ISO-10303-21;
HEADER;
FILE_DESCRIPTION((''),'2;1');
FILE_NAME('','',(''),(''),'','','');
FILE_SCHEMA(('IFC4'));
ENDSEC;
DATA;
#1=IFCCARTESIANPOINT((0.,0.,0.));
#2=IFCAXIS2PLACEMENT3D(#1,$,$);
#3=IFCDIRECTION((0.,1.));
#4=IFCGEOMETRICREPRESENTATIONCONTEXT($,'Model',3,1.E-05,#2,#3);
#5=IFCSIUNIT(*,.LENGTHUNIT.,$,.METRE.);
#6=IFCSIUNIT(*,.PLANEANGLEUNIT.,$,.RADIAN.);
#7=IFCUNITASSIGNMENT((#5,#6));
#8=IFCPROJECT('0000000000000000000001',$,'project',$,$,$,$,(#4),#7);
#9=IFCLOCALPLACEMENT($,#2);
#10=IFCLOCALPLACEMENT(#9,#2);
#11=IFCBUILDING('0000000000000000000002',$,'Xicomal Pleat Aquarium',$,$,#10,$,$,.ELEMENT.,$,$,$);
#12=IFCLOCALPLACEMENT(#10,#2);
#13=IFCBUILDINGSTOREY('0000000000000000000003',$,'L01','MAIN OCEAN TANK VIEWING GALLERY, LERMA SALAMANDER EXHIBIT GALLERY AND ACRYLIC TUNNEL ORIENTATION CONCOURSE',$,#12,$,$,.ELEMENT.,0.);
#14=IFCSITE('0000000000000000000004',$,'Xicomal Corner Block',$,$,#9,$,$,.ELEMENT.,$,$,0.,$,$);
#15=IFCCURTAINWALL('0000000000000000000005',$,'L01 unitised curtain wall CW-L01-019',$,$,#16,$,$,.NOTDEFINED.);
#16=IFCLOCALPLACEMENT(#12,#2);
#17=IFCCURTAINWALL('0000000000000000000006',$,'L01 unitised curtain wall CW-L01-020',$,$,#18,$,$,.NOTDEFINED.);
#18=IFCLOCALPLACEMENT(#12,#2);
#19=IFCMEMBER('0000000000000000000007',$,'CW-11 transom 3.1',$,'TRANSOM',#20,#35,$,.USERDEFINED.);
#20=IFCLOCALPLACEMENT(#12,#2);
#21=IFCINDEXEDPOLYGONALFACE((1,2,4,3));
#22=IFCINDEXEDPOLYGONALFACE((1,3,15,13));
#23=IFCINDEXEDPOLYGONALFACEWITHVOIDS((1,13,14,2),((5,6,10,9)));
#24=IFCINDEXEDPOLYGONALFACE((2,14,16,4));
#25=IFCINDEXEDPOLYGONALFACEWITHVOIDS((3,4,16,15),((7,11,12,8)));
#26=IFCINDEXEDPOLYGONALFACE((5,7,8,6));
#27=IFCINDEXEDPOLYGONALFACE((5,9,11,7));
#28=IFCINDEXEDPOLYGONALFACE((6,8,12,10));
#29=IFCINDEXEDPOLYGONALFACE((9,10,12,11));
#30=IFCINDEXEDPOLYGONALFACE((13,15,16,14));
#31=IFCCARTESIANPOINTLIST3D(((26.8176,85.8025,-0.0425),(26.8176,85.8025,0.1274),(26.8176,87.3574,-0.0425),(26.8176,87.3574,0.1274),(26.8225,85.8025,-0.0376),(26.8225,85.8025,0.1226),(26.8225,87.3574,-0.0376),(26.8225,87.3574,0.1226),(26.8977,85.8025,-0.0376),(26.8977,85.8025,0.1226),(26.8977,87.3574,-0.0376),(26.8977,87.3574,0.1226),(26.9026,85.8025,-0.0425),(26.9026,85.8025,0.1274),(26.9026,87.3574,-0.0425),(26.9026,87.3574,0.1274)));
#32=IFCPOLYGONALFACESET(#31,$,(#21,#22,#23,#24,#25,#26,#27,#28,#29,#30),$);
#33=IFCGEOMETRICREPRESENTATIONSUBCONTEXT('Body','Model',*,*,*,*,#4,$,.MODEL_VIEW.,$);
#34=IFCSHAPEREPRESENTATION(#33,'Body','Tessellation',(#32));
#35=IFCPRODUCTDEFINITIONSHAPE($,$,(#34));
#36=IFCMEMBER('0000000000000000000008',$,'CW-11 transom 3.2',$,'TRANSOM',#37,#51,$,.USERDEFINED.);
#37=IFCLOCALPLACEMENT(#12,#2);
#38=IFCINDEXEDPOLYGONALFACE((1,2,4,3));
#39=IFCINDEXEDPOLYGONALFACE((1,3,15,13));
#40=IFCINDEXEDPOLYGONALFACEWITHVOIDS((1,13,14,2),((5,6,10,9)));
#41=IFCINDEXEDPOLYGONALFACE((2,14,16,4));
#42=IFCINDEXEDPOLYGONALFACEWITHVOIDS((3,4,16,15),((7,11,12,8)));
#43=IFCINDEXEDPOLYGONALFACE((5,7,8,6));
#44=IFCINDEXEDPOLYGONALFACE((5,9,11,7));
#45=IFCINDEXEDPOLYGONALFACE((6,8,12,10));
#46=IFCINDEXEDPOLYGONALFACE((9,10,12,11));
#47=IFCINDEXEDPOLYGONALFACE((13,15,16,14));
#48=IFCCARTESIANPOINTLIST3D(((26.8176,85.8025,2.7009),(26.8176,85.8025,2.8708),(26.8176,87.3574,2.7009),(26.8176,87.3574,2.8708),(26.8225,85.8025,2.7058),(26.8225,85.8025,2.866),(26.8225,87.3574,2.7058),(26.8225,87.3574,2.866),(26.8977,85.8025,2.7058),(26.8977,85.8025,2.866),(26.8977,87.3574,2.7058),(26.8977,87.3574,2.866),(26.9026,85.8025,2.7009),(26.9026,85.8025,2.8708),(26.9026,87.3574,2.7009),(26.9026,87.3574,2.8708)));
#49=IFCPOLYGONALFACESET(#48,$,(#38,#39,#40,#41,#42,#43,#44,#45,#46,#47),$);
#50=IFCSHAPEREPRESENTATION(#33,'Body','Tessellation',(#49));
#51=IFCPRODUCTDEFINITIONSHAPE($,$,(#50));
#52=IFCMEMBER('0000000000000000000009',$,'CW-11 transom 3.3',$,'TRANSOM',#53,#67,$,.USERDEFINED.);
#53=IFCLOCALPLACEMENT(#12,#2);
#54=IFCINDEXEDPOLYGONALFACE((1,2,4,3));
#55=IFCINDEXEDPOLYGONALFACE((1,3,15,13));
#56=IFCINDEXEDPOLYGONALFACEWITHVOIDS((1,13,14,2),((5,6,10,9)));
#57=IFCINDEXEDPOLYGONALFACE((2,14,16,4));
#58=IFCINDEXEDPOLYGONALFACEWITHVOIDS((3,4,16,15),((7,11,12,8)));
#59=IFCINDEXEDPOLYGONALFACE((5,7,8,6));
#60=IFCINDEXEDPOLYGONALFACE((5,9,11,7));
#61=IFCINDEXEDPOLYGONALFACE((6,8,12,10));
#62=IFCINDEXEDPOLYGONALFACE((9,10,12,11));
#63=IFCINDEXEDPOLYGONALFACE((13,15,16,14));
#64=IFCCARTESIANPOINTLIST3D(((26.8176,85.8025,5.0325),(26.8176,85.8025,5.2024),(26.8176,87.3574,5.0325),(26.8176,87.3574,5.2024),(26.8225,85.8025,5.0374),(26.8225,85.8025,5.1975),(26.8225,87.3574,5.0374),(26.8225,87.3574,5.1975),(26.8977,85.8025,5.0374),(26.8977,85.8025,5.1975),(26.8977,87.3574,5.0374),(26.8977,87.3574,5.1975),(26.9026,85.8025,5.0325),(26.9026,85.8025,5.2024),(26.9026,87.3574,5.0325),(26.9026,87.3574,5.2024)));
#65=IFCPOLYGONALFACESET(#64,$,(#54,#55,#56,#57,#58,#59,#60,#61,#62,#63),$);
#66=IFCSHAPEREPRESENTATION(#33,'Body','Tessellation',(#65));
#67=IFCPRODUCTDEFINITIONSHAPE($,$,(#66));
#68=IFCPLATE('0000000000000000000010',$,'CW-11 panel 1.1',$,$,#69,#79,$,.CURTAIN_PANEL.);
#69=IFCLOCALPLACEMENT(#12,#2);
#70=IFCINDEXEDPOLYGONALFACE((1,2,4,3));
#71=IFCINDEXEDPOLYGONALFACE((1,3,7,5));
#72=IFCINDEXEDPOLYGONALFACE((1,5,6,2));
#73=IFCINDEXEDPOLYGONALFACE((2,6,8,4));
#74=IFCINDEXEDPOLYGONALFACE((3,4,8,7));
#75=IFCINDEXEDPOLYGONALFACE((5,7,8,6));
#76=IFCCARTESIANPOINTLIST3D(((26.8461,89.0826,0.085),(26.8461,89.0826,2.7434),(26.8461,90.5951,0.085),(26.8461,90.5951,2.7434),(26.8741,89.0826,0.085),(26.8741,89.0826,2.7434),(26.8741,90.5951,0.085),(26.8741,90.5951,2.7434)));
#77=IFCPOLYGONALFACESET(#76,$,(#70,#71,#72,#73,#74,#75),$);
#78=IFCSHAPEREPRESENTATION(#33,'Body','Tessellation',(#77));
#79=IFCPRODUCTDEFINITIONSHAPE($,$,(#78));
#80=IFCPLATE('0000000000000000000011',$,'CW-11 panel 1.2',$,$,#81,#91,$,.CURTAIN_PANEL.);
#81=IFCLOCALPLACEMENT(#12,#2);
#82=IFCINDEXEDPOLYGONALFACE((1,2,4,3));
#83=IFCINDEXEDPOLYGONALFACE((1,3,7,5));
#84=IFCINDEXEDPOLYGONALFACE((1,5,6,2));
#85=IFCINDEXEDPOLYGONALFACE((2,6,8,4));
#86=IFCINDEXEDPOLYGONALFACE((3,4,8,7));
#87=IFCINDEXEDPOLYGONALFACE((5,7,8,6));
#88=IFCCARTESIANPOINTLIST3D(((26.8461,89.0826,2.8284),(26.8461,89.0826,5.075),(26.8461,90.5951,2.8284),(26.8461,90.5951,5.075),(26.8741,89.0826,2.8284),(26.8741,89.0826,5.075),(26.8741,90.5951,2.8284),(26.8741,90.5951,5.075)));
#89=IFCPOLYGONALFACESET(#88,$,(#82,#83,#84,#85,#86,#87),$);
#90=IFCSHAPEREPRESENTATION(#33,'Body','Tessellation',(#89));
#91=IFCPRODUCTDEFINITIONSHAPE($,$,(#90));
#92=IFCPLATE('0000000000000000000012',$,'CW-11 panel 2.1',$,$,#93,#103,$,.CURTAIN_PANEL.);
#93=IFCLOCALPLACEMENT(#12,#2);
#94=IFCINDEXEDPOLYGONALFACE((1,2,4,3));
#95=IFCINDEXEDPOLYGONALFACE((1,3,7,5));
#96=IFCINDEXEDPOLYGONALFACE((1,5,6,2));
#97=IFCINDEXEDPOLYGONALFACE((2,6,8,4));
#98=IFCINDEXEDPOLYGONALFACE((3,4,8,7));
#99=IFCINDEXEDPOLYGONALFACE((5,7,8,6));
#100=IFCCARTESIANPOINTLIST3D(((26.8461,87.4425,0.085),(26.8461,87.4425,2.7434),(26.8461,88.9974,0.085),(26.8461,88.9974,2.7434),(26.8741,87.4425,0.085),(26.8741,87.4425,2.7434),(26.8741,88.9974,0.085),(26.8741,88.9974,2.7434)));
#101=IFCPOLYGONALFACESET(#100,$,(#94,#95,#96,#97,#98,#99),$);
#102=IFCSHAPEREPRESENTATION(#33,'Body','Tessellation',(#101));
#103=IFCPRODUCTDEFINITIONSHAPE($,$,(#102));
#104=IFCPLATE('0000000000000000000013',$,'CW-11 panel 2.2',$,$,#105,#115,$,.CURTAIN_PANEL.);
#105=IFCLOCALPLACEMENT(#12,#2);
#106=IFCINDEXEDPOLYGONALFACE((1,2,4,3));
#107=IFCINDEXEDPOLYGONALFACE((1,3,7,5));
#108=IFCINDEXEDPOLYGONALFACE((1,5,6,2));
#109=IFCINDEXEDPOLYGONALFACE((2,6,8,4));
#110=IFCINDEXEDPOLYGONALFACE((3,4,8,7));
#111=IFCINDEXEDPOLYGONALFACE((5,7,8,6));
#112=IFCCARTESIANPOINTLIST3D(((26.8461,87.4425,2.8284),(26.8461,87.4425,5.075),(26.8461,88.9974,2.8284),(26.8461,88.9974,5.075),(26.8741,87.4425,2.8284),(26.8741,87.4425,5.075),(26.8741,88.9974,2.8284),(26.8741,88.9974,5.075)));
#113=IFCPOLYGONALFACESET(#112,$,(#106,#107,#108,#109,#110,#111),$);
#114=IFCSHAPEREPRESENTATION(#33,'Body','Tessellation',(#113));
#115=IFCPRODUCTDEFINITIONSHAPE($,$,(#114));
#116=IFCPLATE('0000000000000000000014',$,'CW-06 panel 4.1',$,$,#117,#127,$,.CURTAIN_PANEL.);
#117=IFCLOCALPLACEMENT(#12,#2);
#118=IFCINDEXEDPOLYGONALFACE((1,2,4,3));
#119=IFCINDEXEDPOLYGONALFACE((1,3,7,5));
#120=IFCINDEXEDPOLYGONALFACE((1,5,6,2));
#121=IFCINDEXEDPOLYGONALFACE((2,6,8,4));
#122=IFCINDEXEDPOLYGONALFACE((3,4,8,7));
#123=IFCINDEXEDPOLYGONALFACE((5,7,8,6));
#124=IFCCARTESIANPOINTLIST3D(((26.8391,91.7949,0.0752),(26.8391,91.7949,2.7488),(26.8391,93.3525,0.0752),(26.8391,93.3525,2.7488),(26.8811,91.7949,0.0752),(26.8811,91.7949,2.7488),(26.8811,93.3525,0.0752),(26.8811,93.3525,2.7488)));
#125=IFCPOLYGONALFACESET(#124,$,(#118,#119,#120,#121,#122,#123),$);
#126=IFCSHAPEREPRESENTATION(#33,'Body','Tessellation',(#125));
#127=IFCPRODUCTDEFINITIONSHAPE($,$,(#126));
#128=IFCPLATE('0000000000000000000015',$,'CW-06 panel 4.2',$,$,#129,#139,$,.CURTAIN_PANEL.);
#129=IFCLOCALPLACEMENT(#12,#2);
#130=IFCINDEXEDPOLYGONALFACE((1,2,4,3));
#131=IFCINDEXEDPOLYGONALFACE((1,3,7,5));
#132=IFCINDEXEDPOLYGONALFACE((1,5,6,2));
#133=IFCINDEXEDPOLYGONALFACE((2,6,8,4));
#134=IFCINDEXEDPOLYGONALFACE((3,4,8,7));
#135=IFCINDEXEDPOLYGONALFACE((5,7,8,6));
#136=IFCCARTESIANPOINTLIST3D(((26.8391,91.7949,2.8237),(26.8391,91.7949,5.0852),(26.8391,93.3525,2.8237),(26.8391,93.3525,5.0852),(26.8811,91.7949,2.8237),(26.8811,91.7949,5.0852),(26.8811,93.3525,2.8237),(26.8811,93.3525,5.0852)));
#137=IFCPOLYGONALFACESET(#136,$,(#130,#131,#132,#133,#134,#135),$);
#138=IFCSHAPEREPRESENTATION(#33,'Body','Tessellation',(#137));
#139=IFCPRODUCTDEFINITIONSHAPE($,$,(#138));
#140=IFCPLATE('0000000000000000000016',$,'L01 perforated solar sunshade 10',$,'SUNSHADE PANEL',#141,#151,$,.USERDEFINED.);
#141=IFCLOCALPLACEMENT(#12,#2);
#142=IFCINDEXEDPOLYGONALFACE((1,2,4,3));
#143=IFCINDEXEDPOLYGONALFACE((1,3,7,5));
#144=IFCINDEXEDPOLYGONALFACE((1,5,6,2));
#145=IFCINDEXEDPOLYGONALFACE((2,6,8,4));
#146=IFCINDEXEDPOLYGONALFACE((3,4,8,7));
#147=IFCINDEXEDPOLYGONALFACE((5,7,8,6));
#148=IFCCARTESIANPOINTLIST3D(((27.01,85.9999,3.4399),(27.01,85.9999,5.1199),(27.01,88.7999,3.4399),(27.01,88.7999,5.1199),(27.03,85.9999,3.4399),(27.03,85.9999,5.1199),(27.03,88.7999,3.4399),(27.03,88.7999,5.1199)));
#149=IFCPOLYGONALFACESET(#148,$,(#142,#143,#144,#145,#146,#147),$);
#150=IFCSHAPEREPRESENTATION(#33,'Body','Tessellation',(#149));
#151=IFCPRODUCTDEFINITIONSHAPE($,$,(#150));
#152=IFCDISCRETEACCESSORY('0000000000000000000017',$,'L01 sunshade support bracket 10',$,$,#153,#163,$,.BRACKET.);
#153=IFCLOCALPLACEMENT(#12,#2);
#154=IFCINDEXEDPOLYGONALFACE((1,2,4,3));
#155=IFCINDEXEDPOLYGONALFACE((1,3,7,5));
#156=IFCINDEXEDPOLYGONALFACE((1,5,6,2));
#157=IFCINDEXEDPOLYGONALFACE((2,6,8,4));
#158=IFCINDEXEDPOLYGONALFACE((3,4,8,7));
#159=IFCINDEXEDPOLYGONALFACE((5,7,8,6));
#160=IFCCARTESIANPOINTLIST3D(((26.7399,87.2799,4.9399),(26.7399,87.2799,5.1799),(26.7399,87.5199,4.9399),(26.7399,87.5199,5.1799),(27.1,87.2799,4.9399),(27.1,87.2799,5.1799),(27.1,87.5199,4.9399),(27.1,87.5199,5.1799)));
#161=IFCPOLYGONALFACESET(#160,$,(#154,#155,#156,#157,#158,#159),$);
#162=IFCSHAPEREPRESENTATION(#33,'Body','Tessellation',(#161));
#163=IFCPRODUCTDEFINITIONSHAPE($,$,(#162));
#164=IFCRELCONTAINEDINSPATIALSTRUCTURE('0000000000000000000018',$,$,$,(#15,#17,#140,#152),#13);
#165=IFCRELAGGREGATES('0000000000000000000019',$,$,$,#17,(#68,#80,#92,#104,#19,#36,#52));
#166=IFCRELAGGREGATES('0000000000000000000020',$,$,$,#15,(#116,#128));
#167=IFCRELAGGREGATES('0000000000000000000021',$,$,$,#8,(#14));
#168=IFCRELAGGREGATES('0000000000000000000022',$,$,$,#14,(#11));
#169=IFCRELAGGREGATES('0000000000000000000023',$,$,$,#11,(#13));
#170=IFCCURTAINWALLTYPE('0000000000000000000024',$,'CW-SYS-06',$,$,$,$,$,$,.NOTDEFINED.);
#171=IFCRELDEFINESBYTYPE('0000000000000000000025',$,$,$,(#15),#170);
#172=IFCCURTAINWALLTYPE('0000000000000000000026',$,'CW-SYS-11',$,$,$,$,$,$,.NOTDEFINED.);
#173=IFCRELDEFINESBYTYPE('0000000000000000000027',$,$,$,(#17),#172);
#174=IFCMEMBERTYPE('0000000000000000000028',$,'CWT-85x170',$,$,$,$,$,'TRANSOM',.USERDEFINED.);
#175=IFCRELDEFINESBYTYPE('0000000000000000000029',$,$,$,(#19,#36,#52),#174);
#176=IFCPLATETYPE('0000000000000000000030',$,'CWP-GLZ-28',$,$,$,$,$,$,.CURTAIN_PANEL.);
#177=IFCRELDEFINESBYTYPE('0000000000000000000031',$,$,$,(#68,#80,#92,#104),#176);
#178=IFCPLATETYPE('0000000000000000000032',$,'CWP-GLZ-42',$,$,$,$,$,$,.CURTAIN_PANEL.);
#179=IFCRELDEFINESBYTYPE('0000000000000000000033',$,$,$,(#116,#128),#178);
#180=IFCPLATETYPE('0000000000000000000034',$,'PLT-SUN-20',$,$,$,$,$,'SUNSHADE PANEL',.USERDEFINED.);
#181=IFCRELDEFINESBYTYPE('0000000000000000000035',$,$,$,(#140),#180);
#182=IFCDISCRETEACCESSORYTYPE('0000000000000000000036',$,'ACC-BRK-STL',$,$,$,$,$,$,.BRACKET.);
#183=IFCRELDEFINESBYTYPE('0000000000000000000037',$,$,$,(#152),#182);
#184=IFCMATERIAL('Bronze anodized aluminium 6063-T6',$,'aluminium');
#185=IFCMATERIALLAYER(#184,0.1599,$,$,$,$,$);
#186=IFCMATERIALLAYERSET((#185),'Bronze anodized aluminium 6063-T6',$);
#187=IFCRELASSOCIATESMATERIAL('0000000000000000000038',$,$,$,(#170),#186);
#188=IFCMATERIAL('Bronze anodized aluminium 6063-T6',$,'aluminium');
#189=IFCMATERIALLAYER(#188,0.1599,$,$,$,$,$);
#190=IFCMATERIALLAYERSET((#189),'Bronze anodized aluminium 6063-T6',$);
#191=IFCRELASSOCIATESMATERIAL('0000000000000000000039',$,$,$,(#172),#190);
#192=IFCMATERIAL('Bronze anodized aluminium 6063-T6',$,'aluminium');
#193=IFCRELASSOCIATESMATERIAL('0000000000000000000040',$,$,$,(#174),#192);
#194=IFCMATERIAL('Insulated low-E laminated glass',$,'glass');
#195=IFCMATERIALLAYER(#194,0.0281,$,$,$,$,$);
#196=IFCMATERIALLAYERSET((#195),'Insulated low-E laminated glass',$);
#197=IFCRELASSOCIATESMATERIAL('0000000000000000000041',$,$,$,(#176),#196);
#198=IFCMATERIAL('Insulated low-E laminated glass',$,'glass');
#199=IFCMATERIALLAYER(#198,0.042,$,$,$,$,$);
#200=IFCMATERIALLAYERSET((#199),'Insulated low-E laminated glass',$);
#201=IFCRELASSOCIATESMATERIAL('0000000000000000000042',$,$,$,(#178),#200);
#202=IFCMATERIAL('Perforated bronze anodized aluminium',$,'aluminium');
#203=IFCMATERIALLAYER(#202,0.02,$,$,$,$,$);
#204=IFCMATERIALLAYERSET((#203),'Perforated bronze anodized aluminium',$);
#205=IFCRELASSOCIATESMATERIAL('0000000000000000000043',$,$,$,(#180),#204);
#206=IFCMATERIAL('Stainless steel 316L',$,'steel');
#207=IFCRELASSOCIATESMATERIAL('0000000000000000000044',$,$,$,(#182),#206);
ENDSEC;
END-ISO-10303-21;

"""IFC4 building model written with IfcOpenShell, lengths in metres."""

from ifc_helpers import new_model, si_unit, direction, frame, origin, origin_2d, place, context, subcontext, project, spatial, rectangle, hollow_rectangle, extrude, material, layer, layer_set, material_profile, profile_set, type_object, element, aggregate, save


model = new_model("IFC4")

# Units and contexts
model_context = context("Model", 3, precision=1e-05, world=origin(), true_north=direction((0.0, 1.0)))
body_context = subcontext(model_context, "Body", "Model", "MODEL_VIEW")
ifc_project = project(units=[si_unit("LENGTHUNIT", "METRE"), si_unit("PLANEANGLEUNIT", "RADIAN")], contexts=[model_context])

# Site, building, storey
site_placement = place(None, origin())
site = spatial("IfcSite", under=ifc_project, at=site_placement, Name="Xicomal Corner Block", CompositionType="ELEMENT", RefElevation=0.0)
building_placement = place(site_placement, origin())
building = spatial("IfcBuilding", under=site, at=building_placement, Name="Xicomal Pleat Aquarium", CompositionType="ELEMENT")
storey_placement = place(building_placement, origin())
storey = spatial("IfcBuildingStorey", under=building, at=storey_placement, Name="L01", Description="MAIN OCEAN TANK VIEWING GALLERY, LERMA SALAMANDER EXHIBIT GALLERY AND ACRYLIC TUNNEL ORIENTATION CONCOURSE", CompositionType="ELEMENT", Elevation=0.0)

# Curtain wall
ifc_material_1 = material(Name="Bronze anodized aluminium 6063-T6", Category="aluminium")
ifc_layer_1 = layer(ifc_material_1, 0.1599)
ifc_layer_set_1 = layer_set([ifc_layer_1], Name="Bronze anodized aluminium 6063-T6")
curtain_wall_type_1 = type_object("IfcCurtainWallType", Name="CW-SYS-06", PredefinedType="NOTDEFINED", material=ifc_layer_set_1)
curtain_wall_1_placement = place(storey_placement, origin())
curtain_wall_1 = element("IfcCurtainWall", 1, at=curtain_wall_1_placement, inside=storey, type_object=curtain_wall_type_1, Name="L01 unitised curtain wall CW-L01-019", PredefinedType="NOTDEFINED")

# Curtain wall, members, plates
ifc_material_2 = material(Name="Bronze anodized aluminium 6063-T6", Category="aluminium")
ifc_layer_2 = layer(ifc_material_2, 0.1599)
ifc_layer_set_2 = layer_set([ifc_layer_2], Name="Bronze anodized aluminium 6063-T6")
curtain_wall_type_2 = type_object("IfcCurtainWallType", Name="CW-SYS-11", PredefinedType="NOTDEFINED", material=ifc_layer_set_2)
curtain_wall_2_placement = place(storey_placement, origin())
curtain_wall_2 = element("IfcCurtainWall", 2, at=curtain_wall_2_placement, inside=storey, type_object=curtain_wall_type_2, Name="L01 unitised curtain wall CW-L01-020", PredefinedType="NOTDEFINED")
ifc_material_3 = material(Name="Bronze anodized aluminium 6063-T6", Category="aluminium")
ifc_material_profile_1 = material_profile(ifc_material_3, hollow_rectangle(XDim=0.085, YDim=0.1699, WallThickness=0.0049, at=origin_2d()), Name="ALU TRAN 85x170")
ifc_profile_set_1 = profile_set([ifc_material_profile_1], Name="Bronze anodized aluminium 6063-T6")
member_type_1 = type_object("IfcMemberType", Name="CWT-85x170", ElementType="TRANSOM", PredefinedType="USERDEFINED", material=ifc_profile_set_1)
member_1_placement = place(storey_placement, frame((26.8601, 87.3574, 0.0425), z_axis=(0.0, -1.0, 0.0), x_axis=(1.0, 0.0, 0.0)))
member_1 = element("IfcMember", 3, at=member_1_placement, type_object=member_type_1, Name="CW-11 transom 3.1", ObjectType="TRANSOM", PredefinedType="USERDEFINED", context=body_context, shape_type="SweptSolid", body=[
    extrude(hollow_rectangle(XDim=0.085, YDim=0.1699, WallThickness=0.0049, at=origin_2d()), origin(), (0.0, 0.0, 1.0), 1.5549),
])
member_2_placement = place(storey_placement, frame((26.8601, 87.3574, 2.7859), z_axis=(0.0, -1.0, 0.0), x_axis=(1.0, 0.0, 0.0)))
member_2 = element("IfcMember", 4, at=member_2_placement, type_object=member_type_1, Name="CW-11 transom 3.2", ObjectType="TRANSOM", PredefinedType="USERDEFINED", context=body_context, shape_type="SweptSolid", body=[
    extrude(hollow_rectangle(XDim=0.085, YDim=0.1699, WallThickness=0.0049, at=origin_2d()), origin(), (0.0, 0.0, 1.0), 1.5549),
])
member_3_placement = place(storey_placement, frame((26.8601, 87.3574, 5.1174), z_axis=(0.0, -1.0, 0.0), x_axis=(1.0, 0.0, 0.0)))
member_3 = element("IfcMember", 5, at=member_3_placement, type_object=member_type_1, Name="CW-11 transom 3.3", ObjectType="TRANSOM", PredefinedType="USERDEFINED", context=body_context, shape_type="SweptSolid", body=[
    extrude(hollow_rectangle(XDim=0.085, YDim=0.1699, WallThickness=0.0049, at=origin_2d()), origin(), (0.0, 0.0, 1.0), 1.5549),
])
ifc_material_4 = material(Name="Insulated low-E laminated glass", Category="glass")
ifc_layer_3 = layer(ifc_material_4, 0.0281)
ifc_layer_set_3 = layer_set([ifc_layer_3], Name="Insulated low-E laminated glass")
plate_type_1 = type_object("IfcPlateType", Name="CWP-GLZ-28", PredefinedType="CURTAIN_PANEL", material=ifc_layer_set_3)
plate_1_placement = place(storey_placement, frame((26.8601, 89.8389, 0.085), z_axis=(0.0, 0.0, 1.0), x_axis=(0.0, -1.0, 0.0)))
plate_1 = element("IfcPlate", 6, at=plate_1_placement, type_object=plate_type_1, Name="CW-11 panel 1.1", PredefinedType="CURTAIN_PANEL", context=body_context, shape_type="SweptSolid", body=[
    extrude(rectangle(XDim=1.5125, YDim=0.0281, at=origin_2d()), origin(), (0.0, 0.0, 1.0), 2.6584),
])
plate_2_placement = place(storey_placement, frame((26.8601, 89.8389, 2.8284), z_axis=(0.0, 0.0, 1.0), x_axis=(0.0, -1.0, 0.0)))
plate_2 = element("IfcPlate", 7, at=plate_2_placement, type_object=plate_type_1, Name="CW-11 panel 1.2", PredefinedType="CURTAIN_PANEL", context=body_context, shape_type="SweptSolid", body=[
    extrude(rectangle(XDim=1.5125, YDim=0.0281, at=origin_2d()), origin(), (0.0, 0.0, 1.0), 2.2466),
])
plate_3_placement = place(storey_placement, frame((26.8601, 88.22, 0.085), z_axis=(0.0, 0.0, 1.0), x_axis=(0.0, -1.0, 0.0)))
plate_3 = element("IfcPlate", 8, at=plate_3_placement, type_object=plate_type_1, Name="CW-11 panel 2.1", PredefinedType="CURTAIN_PANEL", context=body_context, shape_type="SweptSolid", body=[
    extrude(rectangle(XDim=1.5549, YDim=0.0281, at=origin_2d()), origin(), (0.0, 0.0, 1.0), 2.6584),
])
plate_4_placement = place(storey_placement, frame((26.8601, 88.22, 2.8284), z_axis=(0.0, 0.0, 1.0), x_axis=(0.0, -1.0, 0.0)))
plate_4 = element("IfcPlate", 9, at=plate_4_placement, type_object=plate_type_1, Name="CW-11 panel 2.2", PredefinedType="CURTAIN_PANEL", context=body_context, shape_type="SweptSolid", body=[
    extrude(rectangle(XDim=1.5549, YDim=0.0281, at=origin_2d()), origin(), (0.0, 0.0, 1.0), 2.2466),
])
aggregate(curtain_wall_2, [plate_1, plate_2, plate_3, plate_4, member_1, member_2, member_3])

# Plates
ifc_material_5 = material(Name="Insulated low-E laminated glass", Category="glass")
ifc_layer_4 = layer(ifc_material_5, 0.042)
ifc_layer_set_4 = layer_set([ifc_layer_4], Name="Insulated low-E laminated glass")
plate_type_2 = type_object("IfcPlateType", Name="CWP-GLZ-42", PredefinedType="CURTAIN_PANEL", material=ifc_layer_set_4)
plate_5_placement = place(storey_placement, frame((26.8601, 92.5737, 0.0752), z_axis=(0.0, 0.0, 1.0), x_axis=(0.0, -1.0, 0.0)))
plate_5 = element("IfcPlate", 10, at=plate_5_placement, type_object=plate_type_2, Name="CW-06 panel 4.1", PredefinedType="CURTAIN_PANEL", context=body_context, shape_type="SweptSolid", body=[
    extrude(rectangle(XDim=1.5576, YDim=0.042, at=origin_2d()), origin(), (0.0, 0.0, 1.0), 2.6736),
])
plate_6_placement = place(storey_placement, frame((26.8601, 92.5737, 2.8237), z_axis=(0.0, 0.0, 1.0), x_axis=(0.0, -1.0, 0.0)))
plate_6 = element("IfcPlate", 11, at=plate_6_placement, type_object=plate_type_2, Name="CW-06 panel 4.2", PredefinedType="CURTAIN_PANEL", context=body_context, shape_type="SweptSolid", body=[
    extrude(rectangle(XDim=1.5576, YDim=0.042, at=origin_2d()), origin(), (0.0, 0.0, 1.0), 2.2615),
])
aggregate(curtain_wall_1, [plate_5, plate_6])
ifc_material_6 = material(Name="Perforated bronze anodized aluminium", Category="aluminium")
ifc_layer_5 = layer(ifc_material_6, 0.02)
ifc_layer_set_5 = layer_set([ifc_layer_5], Name="Perforated bronze anodized aluminium")
plate_type_3 = type_object("IfcPlateType", Name="PLT-SUN-20", ElementType="SUNSHADE PANEL", PredefinedType="USERDEFINED", material=ifc_layer_set_5)
plate_7_placement = place(storey_placement, frame((27.02, 87.3999, 3.4399), z_axis=(0.0, 0.0, 1.0), x_axis=(0.0, -1.0, 0.0)))
element("IfcPlate", 12, at=plate_7_placement, inside=storey, type_object=plate_type_3, Name="L01 perforated solar sunshade 10", ObjectType="SUNSHADE PANEL", PredefinedType="USERDEFINED", context=body_context, shape_type="SweptSolid", body=[
    extrude(rectangle(XDim=2.8, YDim=0.02, at=origin_2d()), origin(), (0.0, 0.0, 1.0), 1.6799),
])

# Discrete accessory
ifc_material_7 = material(Name="Stainless steel 316L", Category="steel")
discrete_accessory_type = type_object("IfcDiscreteAccessoryType", Name="ACC-BRK-STL", PredefinedType="BRACKET", material=ifc_material_7)
discrete_accessory_placement = place(storey_placement, frame((26.9199, 87.3999, 4.9399), z_axis=(0.0, 0.0, 1.0), x_axis=(0.0, -1.0, 0.0)))
element("IfcDiscreteAccessory", 13, at=discrete_accessory_placement, inside=storey, type_object=discrete_accessory_type, Name="L01 sunshade support bracket 10", PredefinedType="BRACKET", context=body_context, shape_type="SweptSolid", body=[
    extrude(rectangle(XDim=0.24, YDim=0.3601, at=origin_2d()), origin(), (0.0, 0.0, 1.0), 0.24),
])

save(model, "model.ifc")
